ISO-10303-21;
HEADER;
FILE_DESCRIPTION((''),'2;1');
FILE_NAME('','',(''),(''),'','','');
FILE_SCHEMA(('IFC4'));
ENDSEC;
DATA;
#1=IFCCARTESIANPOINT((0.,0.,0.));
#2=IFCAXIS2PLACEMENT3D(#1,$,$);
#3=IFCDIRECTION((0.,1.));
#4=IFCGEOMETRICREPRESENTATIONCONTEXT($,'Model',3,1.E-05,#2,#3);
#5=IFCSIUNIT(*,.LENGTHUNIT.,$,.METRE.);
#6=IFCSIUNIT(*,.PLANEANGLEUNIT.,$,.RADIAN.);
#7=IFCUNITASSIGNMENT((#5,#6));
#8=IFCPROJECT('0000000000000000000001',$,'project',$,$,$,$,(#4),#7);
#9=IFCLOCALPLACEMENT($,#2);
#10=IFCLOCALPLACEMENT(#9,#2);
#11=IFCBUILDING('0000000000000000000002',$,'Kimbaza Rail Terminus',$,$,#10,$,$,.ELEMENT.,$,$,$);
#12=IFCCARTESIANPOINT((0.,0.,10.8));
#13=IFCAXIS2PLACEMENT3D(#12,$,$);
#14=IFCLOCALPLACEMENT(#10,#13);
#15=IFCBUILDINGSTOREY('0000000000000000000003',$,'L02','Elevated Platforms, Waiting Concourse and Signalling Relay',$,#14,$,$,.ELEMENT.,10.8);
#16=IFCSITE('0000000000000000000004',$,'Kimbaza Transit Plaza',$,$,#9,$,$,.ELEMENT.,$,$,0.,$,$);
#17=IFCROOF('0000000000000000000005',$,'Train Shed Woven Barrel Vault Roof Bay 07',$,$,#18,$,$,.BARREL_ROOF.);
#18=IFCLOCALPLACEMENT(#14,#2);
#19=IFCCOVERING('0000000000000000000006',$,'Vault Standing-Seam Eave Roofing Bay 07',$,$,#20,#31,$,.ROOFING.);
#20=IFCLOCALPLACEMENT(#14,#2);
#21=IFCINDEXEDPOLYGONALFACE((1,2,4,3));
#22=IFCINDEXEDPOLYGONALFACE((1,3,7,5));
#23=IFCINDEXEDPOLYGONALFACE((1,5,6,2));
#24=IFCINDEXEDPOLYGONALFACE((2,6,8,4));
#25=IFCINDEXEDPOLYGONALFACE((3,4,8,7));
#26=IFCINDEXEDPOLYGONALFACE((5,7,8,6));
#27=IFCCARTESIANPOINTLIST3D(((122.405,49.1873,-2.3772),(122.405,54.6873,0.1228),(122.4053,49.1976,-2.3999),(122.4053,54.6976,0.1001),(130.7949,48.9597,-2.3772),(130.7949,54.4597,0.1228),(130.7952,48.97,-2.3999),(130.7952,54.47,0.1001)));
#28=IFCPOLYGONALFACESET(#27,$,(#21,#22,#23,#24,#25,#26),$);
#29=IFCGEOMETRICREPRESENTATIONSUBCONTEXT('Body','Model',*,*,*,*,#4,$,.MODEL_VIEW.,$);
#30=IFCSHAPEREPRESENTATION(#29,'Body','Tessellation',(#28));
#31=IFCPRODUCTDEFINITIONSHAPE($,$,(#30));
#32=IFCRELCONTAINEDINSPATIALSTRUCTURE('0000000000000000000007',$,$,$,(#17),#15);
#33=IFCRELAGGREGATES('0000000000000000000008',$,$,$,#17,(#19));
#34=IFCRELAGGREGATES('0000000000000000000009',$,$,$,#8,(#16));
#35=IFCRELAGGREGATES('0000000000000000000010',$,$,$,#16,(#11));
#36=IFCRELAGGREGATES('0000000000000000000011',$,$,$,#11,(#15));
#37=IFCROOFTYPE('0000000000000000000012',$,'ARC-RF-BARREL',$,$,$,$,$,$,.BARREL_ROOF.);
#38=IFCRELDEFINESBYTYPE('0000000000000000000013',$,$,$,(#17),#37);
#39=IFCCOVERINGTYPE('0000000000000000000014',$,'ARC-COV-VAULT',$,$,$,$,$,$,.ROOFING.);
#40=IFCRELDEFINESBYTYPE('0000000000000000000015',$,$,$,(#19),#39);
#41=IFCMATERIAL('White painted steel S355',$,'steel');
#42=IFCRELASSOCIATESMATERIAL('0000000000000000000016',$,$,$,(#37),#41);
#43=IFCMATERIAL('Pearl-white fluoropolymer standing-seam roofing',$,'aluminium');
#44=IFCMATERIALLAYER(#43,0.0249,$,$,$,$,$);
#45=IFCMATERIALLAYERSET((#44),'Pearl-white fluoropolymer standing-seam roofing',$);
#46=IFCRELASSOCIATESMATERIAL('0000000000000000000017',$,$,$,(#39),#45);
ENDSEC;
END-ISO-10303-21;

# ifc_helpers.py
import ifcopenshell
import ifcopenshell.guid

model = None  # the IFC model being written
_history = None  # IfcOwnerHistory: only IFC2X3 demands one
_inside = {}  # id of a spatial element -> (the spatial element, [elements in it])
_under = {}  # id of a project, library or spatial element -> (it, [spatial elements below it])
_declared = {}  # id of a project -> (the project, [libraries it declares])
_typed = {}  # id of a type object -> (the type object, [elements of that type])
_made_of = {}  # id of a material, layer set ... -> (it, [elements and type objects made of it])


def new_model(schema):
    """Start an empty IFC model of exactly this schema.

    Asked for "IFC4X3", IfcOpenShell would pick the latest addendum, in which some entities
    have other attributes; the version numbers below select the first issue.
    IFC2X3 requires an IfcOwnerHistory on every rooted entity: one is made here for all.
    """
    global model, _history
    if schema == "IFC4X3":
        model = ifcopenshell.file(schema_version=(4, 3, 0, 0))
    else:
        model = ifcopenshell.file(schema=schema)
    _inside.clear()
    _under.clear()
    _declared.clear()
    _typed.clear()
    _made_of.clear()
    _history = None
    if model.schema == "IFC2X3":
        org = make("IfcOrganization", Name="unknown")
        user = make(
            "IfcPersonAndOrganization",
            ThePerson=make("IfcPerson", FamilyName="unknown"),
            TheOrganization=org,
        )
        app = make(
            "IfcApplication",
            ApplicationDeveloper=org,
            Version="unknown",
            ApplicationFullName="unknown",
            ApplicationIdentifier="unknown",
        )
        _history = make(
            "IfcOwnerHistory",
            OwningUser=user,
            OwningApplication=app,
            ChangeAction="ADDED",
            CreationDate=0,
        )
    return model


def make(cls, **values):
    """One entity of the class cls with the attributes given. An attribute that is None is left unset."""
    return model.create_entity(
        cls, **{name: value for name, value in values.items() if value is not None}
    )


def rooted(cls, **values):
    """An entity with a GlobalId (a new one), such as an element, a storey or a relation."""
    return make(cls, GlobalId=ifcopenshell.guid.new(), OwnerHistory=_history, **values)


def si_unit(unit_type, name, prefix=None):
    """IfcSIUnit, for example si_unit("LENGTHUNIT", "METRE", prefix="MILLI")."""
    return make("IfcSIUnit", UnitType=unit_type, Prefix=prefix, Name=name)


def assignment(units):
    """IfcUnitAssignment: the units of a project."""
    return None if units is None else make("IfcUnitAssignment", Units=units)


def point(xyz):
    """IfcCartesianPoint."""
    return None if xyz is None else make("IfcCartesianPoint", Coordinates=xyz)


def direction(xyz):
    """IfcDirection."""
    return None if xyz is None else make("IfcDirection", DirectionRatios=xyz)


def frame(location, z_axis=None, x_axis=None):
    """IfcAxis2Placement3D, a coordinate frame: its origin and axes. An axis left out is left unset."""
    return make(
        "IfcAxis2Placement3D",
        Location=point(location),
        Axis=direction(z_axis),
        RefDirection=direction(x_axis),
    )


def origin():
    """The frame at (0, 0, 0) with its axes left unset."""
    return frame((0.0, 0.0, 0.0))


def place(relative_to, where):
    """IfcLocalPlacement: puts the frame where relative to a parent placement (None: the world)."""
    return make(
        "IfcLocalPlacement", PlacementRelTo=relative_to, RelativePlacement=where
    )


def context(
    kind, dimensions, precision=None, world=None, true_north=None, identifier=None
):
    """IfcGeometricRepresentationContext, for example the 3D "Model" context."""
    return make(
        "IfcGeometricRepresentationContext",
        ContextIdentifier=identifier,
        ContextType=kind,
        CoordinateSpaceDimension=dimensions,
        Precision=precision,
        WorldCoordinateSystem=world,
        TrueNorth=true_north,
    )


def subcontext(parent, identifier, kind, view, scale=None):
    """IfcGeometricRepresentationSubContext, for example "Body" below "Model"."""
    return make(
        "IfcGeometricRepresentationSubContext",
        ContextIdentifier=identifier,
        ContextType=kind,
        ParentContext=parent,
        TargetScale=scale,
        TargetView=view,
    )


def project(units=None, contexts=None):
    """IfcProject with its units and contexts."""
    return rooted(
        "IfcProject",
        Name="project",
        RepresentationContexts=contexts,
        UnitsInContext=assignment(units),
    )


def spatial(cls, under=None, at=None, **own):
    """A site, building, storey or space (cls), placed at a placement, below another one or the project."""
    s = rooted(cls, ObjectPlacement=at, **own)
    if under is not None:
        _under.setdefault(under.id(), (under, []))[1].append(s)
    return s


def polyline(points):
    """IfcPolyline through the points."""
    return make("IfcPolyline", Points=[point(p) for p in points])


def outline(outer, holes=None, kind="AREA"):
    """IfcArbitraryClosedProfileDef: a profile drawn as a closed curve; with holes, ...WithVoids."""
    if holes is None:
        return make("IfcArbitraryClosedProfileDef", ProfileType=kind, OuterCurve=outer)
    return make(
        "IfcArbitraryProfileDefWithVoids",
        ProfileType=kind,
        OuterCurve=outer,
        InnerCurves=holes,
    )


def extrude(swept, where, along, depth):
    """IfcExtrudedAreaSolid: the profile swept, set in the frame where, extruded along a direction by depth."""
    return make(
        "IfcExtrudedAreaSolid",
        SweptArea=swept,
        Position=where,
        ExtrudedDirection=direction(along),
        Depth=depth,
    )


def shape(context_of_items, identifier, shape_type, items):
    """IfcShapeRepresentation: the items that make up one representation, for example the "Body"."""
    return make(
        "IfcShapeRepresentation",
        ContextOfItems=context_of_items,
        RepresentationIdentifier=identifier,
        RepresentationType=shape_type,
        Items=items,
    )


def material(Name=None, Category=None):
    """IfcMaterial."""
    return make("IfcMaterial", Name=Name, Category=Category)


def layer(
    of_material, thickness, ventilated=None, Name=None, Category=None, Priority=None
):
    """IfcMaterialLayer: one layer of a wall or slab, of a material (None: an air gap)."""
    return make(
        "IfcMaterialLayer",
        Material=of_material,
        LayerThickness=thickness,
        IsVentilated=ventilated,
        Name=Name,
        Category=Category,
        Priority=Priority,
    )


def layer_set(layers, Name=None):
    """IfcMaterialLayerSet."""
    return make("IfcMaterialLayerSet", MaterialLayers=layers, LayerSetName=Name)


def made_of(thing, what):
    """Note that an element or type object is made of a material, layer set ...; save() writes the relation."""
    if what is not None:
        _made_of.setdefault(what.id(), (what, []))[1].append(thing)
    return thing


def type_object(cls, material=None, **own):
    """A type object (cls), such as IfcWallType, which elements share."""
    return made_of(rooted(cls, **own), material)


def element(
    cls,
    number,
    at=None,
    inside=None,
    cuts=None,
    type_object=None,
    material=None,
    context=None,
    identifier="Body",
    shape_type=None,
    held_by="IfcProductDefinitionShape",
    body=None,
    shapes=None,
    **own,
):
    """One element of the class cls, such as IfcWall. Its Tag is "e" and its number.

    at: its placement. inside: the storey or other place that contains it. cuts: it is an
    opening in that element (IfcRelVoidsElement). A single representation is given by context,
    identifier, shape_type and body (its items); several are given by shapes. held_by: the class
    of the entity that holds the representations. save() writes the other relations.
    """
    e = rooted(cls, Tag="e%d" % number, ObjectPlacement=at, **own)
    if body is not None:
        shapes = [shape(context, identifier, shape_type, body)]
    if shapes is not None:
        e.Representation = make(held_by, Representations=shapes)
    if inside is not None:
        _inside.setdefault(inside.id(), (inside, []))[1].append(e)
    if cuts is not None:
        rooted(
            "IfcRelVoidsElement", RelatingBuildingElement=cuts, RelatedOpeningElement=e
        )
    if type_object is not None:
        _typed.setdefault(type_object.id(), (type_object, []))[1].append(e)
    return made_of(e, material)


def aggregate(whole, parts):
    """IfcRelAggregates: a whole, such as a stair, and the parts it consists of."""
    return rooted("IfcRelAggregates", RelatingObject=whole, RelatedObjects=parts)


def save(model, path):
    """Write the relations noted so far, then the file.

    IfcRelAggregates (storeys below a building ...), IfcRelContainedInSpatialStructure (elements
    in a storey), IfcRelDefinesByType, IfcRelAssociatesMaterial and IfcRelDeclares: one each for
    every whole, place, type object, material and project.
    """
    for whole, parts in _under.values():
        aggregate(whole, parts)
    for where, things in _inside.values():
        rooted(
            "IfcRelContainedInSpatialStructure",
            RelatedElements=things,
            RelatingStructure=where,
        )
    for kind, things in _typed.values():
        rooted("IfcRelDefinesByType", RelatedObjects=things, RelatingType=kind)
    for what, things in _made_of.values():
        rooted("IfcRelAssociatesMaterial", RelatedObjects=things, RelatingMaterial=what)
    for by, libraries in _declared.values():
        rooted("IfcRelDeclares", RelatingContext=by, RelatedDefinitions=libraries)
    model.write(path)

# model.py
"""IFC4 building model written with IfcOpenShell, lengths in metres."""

from ifc_helpers import new_model, si_unit, direction, frame, origin, place, context, subcontext, project, spatial, polyline, outline, extrude, material, layer, layer_set, type_object, element, aggregate, save


model = new_model("IFC4")

# Units and contexts
model_context = context("Model", 3, precision=1e-05, world=origin(), true_north=direction((0.0, 1.0)))
body_context = subcontext(model_context, "Body", "Model", "MODEL_VIEW")
ifc_project = project(units=[si_unit("LENGTHUNIT", "METRE"), si_unit("PLANEANGLEUNIT", "RADIAN")], contexts=[model_context])

# Site, building, storey
site_placement = place(None, origin())
site = spatial("IfcSite", under=ifc_project, at=site_placement, Name="Kimbaza Transit Plaza", CompositionType="ELEMENT", RefElevation=0.0)
building_placement = place(site_placement, origin())
building = spatial("IfcBuilding", under=site, at=building_placement, Name="Kimbaza Rail Terminus", CompositionType="ELEMENT")
storey_placement = place(building_placement, frame((0.0, 0.0, 10.8)))
storey = spatial("IfcBuildingStorey", under=building, at=storey_placement, Name="L02", Description="Elevated Platforms, Waiting Concourse and Signalling Relay", CompositionType="ELEMENT", Elevation=10.8)

# Roof, covering
ifc_material_1 = material(Name="White painted steel S355", Category="steel")
roof_type = type_object("IfcRoofType", Name="ARC-RF-BARREL", PredefinedType="BARREL_ROOF", material=ifc_material_1)
ifc_material_2 = material(Name="Pearl-white fluoropolymer standing-seam roofing", Category="aluminium")
ifc_layer_1 = layer(ifc_material_2, 0.0249)
ifc_layer_set_1 = layer_set([ifc_layer_1], Name="Pearl-white fluoropolymer standing-seam roofing")
covering_type = type_object("IfcCoveringType", Name="ARC-COV-VAULT", PredefinedType="ROOFING", material=ifc_layer_set_1)
roof_1_placement = place(storey_placement, origin())
roof_1 = element("IfcRoof", 1, at=roof_1_placement, inside=storey, type_object=roof_type, Name="Train Shed Woven Barrel Vault Roof Bay 07", PredefinedType="BARREL_ROOF")
covering_1_placement = place(storey_placement, frame((122.405, 49.1873, -2.3772), z_axis=(-0.011222, -0.413777, 0.910309), x_axis=(0.999632, -0.027111, 0.0)))
covering_1 = element("IfcCovering", 2, at=covering_1_placement, type_object=covering_type, Name="Vault Standing-Seam Eave Roofing Bay 07", PredefinedType="ROOFING", context=body_context, shape_type="SweptSolid", body=[
    extrude(outline(polyline([(0.0, 0.0), (8.393, 0.0), (8.2439, 6.0397), (-0.1491, 6.0397), (0.0, 0.0)])), origin(), (0.0, 0.0, -1.0), 0.0249),
])
aggregate(roof_1, [covering_1])

save(model, "model.ifc")
